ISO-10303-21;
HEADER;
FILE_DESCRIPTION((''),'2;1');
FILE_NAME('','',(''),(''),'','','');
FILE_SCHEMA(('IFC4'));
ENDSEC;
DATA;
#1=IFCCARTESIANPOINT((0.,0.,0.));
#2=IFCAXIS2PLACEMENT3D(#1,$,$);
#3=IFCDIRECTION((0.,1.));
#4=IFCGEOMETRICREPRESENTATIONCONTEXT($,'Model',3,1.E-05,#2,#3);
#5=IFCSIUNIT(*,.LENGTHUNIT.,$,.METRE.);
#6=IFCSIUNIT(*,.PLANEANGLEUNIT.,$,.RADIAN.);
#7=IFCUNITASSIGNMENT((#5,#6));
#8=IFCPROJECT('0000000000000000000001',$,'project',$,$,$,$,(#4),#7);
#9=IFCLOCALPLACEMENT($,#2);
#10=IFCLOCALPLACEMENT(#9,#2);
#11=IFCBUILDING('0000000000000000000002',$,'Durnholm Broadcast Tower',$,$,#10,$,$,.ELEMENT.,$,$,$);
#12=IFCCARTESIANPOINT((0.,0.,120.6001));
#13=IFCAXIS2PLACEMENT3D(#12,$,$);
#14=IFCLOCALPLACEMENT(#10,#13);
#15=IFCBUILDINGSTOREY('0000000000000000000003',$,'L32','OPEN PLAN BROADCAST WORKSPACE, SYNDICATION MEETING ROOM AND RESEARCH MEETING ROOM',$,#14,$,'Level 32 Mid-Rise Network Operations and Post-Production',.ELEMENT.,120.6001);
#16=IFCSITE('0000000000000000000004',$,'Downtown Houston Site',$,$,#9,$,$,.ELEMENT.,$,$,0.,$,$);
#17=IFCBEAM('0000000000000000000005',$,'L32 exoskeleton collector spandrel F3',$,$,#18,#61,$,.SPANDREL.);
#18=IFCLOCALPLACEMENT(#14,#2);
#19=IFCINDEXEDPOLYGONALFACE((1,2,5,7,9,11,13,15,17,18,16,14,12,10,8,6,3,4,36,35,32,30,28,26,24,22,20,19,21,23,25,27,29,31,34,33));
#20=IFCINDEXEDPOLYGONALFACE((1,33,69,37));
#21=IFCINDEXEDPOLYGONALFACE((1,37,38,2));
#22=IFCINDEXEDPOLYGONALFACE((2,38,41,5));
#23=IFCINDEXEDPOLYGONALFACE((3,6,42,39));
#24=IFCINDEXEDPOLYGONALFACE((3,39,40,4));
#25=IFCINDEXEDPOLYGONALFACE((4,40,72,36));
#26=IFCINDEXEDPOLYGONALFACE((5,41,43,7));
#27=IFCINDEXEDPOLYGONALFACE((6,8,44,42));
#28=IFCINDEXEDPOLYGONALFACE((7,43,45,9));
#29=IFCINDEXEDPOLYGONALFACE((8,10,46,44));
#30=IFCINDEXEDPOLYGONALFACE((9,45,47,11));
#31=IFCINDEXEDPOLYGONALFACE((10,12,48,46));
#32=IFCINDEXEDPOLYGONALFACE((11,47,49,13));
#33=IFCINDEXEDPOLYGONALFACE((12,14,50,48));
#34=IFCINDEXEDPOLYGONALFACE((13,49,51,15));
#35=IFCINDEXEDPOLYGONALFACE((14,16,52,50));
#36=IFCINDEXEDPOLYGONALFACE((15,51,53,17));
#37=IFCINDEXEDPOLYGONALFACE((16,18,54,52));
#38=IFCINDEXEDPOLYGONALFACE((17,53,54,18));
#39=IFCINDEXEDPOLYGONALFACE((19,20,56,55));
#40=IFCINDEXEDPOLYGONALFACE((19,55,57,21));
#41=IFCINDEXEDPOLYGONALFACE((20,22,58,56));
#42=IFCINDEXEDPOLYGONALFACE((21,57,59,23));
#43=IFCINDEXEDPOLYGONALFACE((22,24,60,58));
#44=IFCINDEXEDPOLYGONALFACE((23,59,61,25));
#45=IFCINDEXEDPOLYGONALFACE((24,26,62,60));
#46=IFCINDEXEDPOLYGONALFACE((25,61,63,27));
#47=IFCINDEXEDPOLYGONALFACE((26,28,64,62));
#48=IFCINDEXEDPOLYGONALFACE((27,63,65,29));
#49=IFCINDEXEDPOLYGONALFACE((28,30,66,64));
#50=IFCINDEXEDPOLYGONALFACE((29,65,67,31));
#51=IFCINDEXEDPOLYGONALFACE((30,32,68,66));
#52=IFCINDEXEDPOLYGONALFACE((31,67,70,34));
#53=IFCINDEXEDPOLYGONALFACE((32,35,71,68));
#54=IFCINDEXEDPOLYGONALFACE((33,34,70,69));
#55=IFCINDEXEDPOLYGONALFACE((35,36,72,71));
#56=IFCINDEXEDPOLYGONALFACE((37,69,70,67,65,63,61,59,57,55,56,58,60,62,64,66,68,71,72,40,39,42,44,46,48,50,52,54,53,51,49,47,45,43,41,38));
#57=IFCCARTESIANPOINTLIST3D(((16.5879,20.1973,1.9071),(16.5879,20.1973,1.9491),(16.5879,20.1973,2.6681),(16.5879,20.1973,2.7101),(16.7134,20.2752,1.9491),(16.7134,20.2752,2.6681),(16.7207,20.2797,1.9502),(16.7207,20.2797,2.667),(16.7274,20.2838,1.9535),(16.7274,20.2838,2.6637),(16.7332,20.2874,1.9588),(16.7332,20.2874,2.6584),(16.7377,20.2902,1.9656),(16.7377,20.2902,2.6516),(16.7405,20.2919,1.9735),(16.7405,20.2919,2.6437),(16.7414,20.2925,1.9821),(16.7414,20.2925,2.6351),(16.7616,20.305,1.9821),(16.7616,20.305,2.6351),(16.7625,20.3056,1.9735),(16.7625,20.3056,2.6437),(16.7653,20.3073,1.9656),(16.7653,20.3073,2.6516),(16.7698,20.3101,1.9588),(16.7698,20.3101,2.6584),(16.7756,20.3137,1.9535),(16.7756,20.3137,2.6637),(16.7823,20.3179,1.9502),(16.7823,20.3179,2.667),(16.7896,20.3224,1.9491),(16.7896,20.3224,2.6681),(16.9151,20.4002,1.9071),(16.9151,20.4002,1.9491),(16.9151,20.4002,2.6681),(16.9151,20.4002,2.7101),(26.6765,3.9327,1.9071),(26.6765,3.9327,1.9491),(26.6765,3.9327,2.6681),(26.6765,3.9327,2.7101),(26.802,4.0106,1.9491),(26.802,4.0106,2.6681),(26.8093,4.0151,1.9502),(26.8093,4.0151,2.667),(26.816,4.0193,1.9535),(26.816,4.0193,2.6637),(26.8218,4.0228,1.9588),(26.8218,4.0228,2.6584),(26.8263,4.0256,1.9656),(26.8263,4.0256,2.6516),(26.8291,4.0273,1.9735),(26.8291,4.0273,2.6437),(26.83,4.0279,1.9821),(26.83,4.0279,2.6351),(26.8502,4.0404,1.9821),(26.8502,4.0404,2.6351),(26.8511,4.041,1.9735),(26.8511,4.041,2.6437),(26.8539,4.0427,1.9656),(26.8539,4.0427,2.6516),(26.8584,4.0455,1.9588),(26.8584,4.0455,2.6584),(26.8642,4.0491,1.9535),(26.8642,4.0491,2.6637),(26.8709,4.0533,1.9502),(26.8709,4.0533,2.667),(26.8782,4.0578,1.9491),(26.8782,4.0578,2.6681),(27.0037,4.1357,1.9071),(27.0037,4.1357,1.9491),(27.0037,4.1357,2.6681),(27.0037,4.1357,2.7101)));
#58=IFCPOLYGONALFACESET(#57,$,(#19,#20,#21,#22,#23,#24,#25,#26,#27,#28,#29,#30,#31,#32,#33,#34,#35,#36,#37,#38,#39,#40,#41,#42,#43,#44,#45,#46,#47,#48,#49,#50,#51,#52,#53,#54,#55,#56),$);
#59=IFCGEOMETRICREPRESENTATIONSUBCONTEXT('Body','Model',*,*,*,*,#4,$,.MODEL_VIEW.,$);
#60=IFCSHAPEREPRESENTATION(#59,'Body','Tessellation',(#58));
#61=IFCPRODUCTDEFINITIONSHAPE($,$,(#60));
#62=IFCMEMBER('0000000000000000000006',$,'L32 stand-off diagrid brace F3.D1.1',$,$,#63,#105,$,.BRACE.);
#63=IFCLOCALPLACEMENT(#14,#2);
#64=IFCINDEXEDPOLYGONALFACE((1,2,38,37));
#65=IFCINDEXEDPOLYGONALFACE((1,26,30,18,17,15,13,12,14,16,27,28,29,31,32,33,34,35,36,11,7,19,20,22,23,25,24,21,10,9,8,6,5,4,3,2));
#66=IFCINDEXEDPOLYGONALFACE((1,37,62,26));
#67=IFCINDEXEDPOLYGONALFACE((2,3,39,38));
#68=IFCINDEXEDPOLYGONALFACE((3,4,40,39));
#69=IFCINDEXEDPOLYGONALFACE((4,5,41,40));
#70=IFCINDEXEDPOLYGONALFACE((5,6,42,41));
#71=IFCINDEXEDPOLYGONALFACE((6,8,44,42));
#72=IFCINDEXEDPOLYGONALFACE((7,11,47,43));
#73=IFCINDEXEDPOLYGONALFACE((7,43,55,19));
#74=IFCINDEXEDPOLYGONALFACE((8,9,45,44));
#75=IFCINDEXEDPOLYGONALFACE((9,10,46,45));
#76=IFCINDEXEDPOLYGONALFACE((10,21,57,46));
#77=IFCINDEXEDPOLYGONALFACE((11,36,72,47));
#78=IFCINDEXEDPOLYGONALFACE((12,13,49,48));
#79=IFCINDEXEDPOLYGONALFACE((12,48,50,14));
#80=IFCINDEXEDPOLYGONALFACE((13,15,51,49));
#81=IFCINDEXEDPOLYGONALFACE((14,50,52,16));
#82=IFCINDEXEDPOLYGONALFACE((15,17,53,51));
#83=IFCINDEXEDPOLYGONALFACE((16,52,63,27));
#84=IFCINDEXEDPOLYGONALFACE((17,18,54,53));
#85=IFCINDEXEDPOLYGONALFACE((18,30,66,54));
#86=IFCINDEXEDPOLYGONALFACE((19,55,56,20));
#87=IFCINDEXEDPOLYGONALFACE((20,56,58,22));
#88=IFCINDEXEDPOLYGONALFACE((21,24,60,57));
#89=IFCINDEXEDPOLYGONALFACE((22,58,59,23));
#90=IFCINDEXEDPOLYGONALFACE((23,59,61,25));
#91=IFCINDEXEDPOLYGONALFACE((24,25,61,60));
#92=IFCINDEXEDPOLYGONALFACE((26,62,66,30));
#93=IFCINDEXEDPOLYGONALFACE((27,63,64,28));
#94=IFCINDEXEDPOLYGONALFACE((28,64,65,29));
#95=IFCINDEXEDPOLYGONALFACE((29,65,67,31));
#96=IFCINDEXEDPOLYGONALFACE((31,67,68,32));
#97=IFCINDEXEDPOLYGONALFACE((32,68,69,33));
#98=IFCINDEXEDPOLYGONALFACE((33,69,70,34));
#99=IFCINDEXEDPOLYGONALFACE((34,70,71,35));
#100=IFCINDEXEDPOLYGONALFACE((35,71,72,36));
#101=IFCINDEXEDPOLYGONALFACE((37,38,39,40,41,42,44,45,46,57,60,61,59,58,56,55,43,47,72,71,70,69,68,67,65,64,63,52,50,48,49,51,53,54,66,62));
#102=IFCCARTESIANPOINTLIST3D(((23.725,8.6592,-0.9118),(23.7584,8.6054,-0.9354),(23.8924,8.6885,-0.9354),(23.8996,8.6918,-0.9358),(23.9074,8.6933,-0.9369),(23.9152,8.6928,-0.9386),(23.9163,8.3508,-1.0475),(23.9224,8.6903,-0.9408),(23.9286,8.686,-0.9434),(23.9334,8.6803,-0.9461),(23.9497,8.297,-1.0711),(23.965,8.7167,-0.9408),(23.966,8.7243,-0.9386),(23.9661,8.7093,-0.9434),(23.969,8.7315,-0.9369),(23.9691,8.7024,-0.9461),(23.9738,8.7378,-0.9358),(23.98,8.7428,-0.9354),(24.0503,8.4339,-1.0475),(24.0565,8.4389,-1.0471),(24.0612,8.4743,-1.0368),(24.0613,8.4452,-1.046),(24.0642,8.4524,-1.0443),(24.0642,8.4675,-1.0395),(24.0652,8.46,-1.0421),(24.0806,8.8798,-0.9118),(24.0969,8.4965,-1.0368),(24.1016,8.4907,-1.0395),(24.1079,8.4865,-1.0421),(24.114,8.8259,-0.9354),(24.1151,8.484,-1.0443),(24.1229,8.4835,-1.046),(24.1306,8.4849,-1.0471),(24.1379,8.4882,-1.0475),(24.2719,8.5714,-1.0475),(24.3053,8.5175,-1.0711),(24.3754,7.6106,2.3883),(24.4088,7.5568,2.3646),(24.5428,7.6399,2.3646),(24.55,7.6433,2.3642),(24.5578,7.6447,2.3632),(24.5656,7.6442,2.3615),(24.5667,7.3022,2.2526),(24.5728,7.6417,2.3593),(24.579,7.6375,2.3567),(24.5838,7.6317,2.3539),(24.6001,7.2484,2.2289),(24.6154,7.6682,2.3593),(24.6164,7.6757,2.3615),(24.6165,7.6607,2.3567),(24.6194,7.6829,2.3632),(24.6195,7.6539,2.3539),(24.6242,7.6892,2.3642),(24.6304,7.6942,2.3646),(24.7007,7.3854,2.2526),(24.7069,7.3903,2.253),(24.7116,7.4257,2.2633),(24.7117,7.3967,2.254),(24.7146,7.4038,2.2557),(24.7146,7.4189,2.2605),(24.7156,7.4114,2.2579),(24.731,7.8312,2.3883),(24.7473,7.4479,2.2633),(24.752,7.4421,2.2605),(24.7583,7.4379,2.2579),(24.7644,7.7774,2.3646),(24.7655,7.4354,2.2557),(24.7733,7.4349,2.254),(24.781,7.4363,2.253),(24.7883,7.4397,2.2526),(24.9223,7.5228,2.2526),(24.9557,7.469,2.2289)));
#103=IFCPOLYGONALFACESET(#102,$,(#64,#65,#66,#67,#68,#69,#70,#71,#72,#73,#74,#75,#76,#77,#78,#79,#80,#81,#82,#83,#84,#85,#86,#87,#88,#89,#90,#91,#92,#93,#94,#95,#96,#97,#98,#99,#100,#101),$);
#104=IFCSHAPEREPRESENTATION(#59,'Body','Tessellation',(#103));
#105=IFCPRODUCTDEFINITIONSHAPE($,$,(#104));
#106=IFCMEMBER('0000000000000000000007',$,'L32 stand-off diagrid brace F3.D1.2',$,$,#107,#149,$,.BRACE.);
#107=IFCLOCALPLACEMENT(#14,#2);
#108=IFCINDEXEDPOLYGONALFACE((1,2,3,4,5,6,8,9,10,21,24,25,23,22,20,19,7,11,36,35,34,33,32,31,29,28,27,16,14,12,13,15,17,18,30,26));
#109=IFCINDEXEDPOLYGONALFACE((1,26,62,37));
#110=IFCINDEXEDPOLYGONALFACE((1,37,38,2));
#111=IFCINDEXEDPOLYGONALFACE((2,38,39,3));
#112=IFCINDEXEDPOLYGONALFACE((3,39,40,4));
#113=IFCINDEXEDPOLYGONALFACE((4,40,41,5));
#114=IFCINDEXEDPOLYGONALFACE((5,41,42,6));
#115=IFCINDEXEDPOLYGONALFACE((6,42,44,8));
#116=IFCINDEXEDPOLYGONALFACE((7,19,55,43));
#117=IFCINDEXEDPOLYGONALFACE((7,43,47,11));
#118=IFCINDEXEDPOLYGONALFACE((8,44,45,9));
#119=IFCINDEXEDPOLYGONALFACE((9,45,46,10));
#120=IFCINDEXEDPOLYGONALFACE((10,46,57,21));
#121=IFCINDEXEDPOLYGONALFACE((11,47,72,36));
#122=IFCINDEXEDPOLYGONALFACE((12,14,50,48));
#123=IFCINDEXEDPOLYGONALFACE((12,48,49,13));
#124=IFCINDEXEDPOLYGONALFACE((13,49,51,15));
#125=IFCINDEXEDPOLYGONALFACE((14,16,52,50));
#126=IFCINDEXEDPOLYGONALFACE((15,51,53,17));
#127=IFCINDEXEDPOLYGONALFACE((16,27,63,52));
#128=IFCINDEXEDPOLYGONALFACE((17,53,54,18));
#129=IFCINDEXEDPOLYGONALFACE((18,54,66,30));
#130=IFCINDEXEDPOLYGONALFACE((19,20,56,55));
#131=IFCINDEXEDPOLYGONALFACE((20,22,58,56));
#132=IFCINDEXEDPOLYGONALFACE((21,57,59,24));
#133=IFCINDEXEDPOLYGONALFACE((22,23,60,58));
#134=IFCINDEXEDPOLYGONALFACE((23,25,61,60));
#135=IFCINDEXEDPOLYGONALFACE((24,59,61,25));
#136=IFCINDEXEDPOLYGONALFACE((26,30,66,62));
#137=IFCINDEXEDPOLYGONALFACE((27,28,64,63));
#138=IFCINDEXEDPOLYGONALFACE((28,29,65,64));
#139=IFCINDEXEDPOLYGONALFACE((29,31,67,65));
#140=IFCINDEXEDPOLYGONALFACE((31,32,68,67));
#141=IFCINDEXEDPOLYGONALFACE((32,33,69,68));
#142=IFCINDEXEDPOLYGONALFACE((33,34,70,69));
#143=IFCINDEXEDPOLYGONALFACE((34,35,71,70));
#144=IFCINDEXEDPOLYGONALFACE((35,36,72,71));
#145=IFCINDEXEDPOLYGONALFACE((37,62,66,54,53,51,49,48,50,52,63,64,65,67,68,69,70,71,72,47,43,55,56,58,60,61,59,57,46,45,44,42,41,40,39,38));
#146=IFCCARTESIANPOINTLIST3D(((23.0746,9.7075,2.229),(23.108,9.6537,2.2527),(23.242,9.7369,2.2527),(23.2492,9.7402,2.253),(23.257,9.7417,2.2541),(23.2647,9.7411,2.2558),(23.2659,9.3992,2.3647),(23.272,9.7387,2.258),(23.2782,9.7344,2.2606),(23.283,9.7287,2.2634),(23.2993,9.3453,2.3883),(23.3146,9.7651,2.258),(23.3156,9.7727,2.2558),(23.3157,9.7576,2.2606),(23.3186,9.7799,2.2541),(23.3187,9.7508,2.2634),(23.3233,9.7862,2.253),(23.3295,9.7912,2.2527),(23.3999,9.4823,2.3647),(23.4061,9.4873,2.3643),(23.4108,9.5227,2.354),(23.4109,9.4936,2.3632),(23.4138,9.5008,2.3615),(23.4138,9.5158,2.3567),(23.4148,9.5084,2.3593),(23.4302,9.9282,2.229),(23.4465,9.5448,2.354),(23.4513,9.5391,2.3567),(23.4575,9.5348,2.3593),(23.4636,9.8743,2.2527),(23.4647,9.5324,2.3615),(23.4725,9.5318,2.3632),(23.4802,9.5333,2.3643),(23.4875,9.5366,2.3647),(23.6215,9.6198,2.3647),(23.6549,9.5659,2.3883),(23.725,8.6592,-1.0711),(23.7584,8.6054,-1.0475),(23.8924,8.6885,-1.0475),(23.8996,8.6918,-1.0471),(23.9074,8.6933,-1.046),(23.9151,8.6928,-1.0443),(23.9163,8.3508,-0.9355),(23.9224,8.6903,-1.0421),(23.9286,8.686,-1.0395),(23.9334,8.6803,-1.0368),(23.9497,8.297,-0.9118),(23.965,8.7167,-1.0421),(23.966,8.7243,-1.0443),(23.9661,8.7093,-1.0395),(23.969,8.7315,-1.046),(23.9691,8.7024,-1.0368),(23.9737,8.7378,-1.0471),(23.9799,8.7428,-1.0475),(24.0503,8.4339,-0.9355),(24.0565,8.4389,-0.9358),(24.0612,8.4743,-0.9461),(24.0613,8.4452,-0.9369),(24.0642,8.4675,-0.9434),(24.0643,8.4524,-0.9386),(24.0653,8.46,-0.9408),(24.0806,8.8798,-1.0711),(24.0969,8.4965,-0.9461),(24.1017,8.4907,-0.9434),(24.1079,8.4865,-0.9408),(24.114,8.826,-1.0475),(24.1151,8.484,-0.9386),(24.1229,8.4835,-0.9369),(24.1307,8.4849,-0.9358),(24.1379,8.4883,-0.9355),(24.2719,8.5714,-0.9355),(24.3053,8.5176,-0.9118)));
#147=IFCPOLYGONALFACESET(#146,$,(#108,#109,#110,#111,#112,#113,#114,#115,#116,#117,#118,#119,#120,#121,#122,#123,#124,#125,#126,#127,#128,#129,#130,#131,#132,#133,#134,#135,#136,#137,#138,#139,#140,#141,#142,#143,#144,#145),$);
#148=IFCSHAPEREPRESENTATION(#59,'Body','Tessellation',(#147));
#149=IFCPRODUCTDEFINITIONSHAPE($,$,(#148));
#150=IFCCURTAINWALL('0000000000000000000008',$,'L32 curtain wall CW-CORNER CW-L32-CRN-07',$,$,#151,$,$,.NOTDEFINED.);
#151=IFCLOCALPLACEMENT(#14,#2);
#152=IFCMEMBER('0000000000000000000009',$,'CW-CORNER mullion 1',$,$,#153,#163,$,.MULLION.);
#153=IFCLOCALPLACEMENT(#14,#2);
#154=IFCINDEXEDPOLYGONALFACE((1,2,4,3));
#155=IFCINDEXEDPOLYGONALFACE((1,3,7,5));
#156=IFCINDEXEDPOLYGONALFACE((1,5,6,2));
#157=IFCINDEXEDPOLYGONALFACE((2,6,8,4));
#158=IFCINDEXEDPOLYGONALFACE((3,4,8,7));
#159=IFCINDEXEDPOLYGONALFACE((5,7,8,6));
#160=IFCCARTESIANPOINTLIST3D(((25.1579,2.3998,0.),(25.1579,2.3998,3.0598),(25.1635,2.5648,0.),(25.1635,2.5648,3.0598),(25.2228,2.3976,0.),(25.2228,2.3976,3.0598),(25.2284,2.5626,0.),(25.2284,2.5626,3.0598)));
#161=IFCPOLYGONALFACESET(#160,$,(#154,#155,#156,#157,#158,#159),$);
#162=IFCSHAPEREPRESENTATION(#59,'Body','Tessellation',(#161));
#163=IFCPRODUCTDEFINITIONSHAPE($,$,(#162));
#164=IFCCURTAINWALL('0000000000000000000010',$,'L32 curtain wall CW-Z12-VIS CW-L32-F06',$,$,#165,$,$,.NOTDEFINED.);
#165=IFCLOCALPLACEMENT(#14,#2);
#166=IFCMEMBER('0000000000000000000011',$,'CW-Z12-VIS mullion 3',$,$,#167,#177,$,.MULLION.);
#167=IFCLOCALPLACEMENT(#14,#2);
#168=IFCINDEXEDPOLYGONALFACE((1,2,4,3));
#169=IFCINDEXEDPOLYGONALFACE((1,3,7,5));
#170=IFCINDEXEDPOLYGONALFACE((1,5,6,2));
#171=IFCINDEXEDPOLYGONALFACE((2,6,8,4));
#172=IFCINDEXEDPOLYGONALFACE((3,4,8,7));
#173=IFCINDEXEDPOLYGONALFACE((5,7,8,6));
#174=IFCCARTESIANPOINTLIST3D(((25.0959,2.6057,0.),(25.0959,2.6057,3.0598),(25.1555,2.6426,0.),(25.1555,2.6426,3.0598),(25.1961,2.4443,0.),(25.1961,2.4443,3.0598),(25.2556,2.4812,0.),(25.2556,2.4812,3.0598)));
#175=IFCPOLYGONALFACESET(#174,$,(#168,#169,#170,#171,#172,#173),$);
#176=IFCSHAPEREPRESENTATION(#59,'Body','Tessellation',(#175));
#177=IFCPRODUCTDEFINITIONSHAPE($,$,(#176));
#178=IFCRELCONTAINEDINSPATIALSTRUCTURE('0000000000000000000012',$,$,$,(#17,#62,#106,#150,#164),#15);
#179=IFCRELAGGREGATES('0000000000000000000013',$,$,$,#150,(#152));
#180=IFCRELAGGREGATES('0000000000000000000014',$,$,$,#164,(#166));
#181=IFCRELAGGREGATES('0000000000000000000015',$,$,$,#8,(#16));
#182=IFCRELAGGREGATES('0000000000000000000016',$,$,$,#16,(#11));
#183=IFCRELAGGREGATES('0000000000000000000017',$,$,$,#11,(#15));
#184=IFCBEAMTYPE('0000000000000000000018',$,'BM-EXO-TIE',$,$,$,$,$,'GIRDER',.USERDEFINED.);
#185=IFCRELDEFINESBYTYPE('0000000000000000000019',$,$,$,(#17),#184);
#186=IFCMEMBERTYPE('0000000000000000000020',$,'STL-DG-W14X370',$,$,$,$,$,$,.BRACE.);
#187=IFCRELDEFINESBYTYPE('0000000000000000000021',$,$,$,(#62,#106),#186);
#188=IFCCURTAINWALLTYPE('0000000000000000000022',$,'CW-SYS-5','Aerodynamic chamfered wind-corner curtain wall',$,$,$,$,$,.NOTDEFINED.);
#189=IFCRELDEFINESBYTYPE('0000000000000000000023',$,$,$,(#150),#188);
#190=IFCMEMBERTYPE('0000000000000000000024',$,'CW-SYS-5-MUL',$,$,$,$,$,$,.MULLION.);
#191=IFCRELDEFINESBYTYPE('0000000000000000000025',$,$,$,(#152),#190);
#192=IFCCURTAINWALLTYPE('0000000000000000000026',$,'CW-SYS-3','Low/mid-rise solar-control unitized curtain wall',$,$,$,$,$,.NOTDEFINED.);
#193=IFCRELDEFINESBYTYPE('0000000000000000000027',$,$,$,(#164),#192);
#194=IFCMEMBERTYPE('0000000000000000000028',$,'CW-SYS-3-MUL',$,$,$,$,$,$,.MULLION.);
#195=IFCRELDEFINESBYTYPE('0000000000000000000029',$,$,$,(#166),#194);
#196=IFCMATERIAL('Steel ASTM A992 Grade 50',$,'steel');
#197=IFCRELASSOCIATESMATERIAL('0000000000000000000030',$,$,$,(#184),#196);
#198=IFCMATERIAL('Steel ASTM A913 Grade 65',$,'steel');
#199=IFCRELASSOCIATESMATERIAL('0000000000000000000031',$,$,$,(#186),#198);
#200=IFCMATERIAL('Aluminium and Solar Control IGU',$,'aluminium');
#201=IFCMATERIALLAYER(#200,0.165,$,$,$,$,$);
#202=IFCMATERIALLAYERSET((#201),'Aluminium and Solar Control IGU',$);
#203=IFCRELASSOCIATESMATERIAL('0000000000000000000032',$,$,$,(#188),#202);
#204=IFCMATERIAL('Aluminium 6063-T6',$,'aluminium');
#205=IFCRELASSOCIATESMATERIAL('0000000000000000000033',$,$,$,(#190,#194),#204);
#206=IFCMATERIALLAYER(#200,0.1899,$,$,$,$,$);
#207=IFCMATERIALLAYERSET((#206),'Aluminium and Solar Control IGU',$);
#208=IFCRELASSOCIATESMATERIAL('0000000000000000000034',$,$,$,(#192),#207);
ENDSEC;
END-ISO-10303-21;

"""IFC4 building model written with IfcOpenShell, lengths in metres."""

from ifc_helpers import new_model, si_unit, direction, frame, origin, origin_2d, place, context, subcontext, project, spatial, rectangle, i_section, extrude, source, transform, mapped, material, layer, layer_set, material_profile, profile_set, type_object, type_shapes, element, aggregate, save


model = new_model("IFC4")

# Units and contexts
model_context = context("Model", 3, precision=1e-05, world=origin(), true_north=direction((0.0, 1.0)))
body_context = subcontext(model_context, "Body", "Model", "MODEL_VIEW")
ifc_project = project(units=[si_unit("LENGTHUNIT", "METRE"), si_unit("PLANEANGLEUNIT", "RADIAN")], contexts=[model_context])

# Site, building, storey
site_placement = place(None, origin())
site = spatial("IfcSite", under=ifc_project, at=site_placement, Name="Downtown Houston Site", CompositionType="ELEMENT", RefElevation=0.0)
building_placement = place(site_placement, origin())
building = spatial("IfcBuilding", under=site, at=building_placement, Name="Durnholm Broadcast Tower", CompositionType="ELEMENT")
storey_placement = place(building_placement, frame((0.0, 0.0, 120.6001)))
storey = spatial("IfcBuildingStorey", under=building, at=storey_placement, Name="L32", Description="OPEN PLAN BROADCAST WORKSPACE, SYNDICATION MEETING ROOM AND RESEARCH MEETING ROOM", LongName="Level 32 Mid-Rise Network Operations and Post-Production", CompositionType="ELEMENT", Elevation=120.6001)

# Beam
ifc_material_1 = material(Name="Steel ASTM A992 Grade 50", Category="steel")
ifc_material_profile_1 = material_profile(ifc_material_1, i_section(OverallWidth=0.385, OverallDepth=0.803, WebThickness=0.0237, FlangeThickness=0.042, FilletRadius=0.033, at=origin_2d()), Name="W30X261")
ifc_profile_set_1 = profile_set([ifc_material_profile_1], Name="Steel ASTM A992 Grade 50")
beam_type_1 = type_object("IfcBeamType", Name="BM-EXO-TIE", ElementType="GIRDER", PredefinedType="USERDEFINED", material=ifc_profile_set_1)
shared_shape_1 = source(origin(), body_context, "Body", "SweptSolid", [
    extrude(i_section(OverallWidth=0.385, OverallDepth=0.803, WebThickness=0.0237, FlangeThickness=0.042, FilletRadius=0.033, at=origin_2d()), origin(), (0.0, 0.0, 1.0), 19.1394),
])
beam_1_placement = place(storey_placement, frame((26.8401, 4.0342, 2.3086), z_axis=(-0.527111, 0.849796, 0.0), x_axis=(-0.849796, -0.527111, 0.0)))
element("IfcBeam", 1, at=beam_1_placement, inside=storey, type_object=beam_type_1, Name="L32 exoskeleton collector spandrel F3", PredefinedType="SPANDREL", context=body_context, shape_type="MappedRepresentation", body=[
    mapped(shared_shape_1, transform((0.0, 0.0, 0.0), x_axis=(1.0, 0.0, 0.0), y_axis=(0.0, 1.0, 0.0), z_axis=(0.0, 0.0, 1.0), scale=1.0)),
])

# Members
ifc_material_2 = material(Name="Steel ASTM A913 Grade 65", Category="steel")
ifc_material_profile_2 = material_profile(ifc_material_2, i_section(OverallWidth=0.4185, OverallDepth=0.4551, WebThickness=0.042, FlangeThickness=0.0676, FilletRadius=0.0305, at=origin_2d()), Name="W14X370")
ifc_profile_set_2 = profile_set([ifc_material_profile_2], Name="Steel ASTM A913 Grade 65")
member_type_1 = type_object("IfcMemberType", Name="STL-DG-W14X370", PredefinedType="BRACE", material=ifc_profile_set_2)
shared_shape_2 = source(origin(), body_context, "Body", "SweptSolid", [
    extrude(i_section(OverallWidth=0.4185, OverallDepth=0.4551, WebThickness=0.042, FlangeThickness=0.0676, FilletRadius=0.0305, at=origin_2d()), origin(), (0.0, 0.0, 1.0), 3.5232),
])
type_shapes(member_type_1, [shared_shape_2])
for number, where, z_axis, x_axis, name in (
    (2, (24.0151, 8.5884, -0.9915), (0.184603, -0.297624, 0.936665), (0.849805, 0.527097, 0.0), "L32 stand-off diagrid brace F3.D1.1"),
    (3, (24.0151, 8.5884, -0.9915), (-0.184607, 0.29756, 0.936685), (-0.84975, -0.527186, 0.0), "L32 stand-off diagrid brace F3.D1.2"),
):
    element("IfcMember", number, at=place(storey_placement, frame(where, z_axis=z_axis, x_axis=x_axis)), inside=storey, type_object=member_type_1, Name=name, PredefinedType="BRACE", context=body_context, shape_type="MappedRepresentation", body=[
        mapped(shared_shape_2, transform((0.0, 0.0, 0.0), x_axis=(1.0, 0.0, 0.0), y_axis=(0.0, 1.0, 0.0), z_axis=(0.0, 0.0, 1.0), scale=1.0)),
    ])

# Curtain walls, members
ifc_material_3 = material(Name="Aluminium and Solar Control IGU", Category="aluminium")
ifc_layer_1 = layer(ifc_material_3, 0.165)
ifc_layer_set_1 = layer_set([ifc_layer_1], Name="Aluminium and Solar Control IGU")
curtain_wall_type_1 = type_object("IfcCurtainWallType", Name="CW-SYS-5", Description="Aerodynamic chamfered wind-corner curtain wall", PredefinedType="NOTDEFINED", material=ifc_layer_set_1)
curtain_wall_1_placement = place(storey_placement, origin())
curtain_wall_1 = element("IfcCurtainWall", 4, at=curtain_wall_1_placement, inside=storey, type_object=curtain_wall_type_1, Name="L32 curtain wall CW-CORNER CW-L32-CRN-07", PredefinedType="NOTDEFINED")
ifc_material_4 = material(Name="Aluminium 6063-T6", Category="aluminium")
ifc_material_profile_3 = material_profile(ifc_material_4, rectangle(XDim=0.0649, YDim=0.165, at=origin_2d()), Name="CWM65X165")
ifc_profile_set_3 = profile_set([ifc_material_profile_3], Name="Aluminium 6063-T6")
member_type_2 = type_object("IfcMemberType", Name="CW-SYS-5-MUL", PredefinedType="MULLION", material=ifc_profile_set_3)
shared_shape_3 = source(origin(), body_context, "Body", "SweptSolid", [
    extrude(rectangle(XDim=0.0649, YDim=0.165, at=origin_2d()), origin(), (0.0, 0.0, 1.0), 3.0598),
])
type_shapes(member_type_2, [shared_shape_3])
member_1_placement = place(storey_placement, frame((25.1931, 2.4812, 0.0), z_axis=(0.0, 0.0, 1.0), x_axis=(0.999425, -0.033917, 0.0)))
member_1 = element("IfcMember", 5, at=member_1_placement, type_object=member_type_2, Name="CW-CORNER mullion 1", PredefinedType="MULLION", context=body_context, shape_type="MappedRepresentation", body=[
    mapped(shared_shape_3, transform((0.0, 0.0, 0.0), x_axis=(1.0, 0.0, 0.0), y_axis=(0.0, 1.0, 0.0), z_axis=(0.0, 0.0, 1.0), scale=1.0)),
])
ifc_layer_2 = layer(ifc_material_3, 0.1899)
ifc_layer_set_2 = layer_set([ifc_layer_2], Name="Aluminium and Solar Control IGU")
curtain_wall_type_2 = type_object("IfcCurtainWallType", Name="CW-SYS-3", Description="Low/mid-rise solar-control unitized curtain wall", PredefinedType="NOTDEFINED", material=ifc_layer_set_2)
curtain_wall_2_placement = place(storey_placement, origin())
curtain_wall_2 = element("IfcCurtainWall", 6, at=curtain_wall_2_placement, inside=storey, type_object=curtain_wall_type_2, Name="L32 curtain wall CW-Z12-VIS CW-L32-F06", PredefinedType="NOTDEFINED")
ifc_material_profile_4 = material_profile(ifc_material_4, rectangle(XDim=0.0701, YDim=0.1899, at=origin_2d()), Name="CWM70X190")
ifc_profile_set_4 = profile_set([ifc_material_profile_4], Name="Aluminium 6063-T6")
member_type_3 = type_object("IfcMemberType", Name="CW-SYS-3-MUL", PredefinedType="MULLION", material=ifc_profile_set_4)
shared_shape_4 = source(origin(), body_context, "Body", "SweptSolid", [
    extrude(rectangle(XDim=0.0701, YDim=0.1899, at=origin_2d()), origin(), (0.0, 0.0, 1.0), 3.0598),
])
type_shapes(member_type_3, [shared_shape_4])
member_2_placement = place(storey_placement, frame((25.1758, 2.5435, 0.0), z_axis=(0.0, 0.0, 1.0), x_axis=(0.8498, 0.527105, 0.0)))
member_2 = element("IfcMember", 7, at=member_2_placement, type_object=member_type_3, Name="CW-Z12-VIS mullion 3", PredefinedType="MULLION", context=body_context, shape_type="MappedRepresentation", body=[
    mapped(shared_shape_4, transform((0.0, 0.0, 0.0), x_axis=(1.0, 0.0, 0.0), y_axis=(0.0, 1.0, 0.0), z_axis=(0.0, 0.0, 1.0), scale=1.0)),
])

aggregate(curtain_wall_1, [member_1])
aggregate(curtain_wall_2, [member_2])

save(model, "model.ifc")
